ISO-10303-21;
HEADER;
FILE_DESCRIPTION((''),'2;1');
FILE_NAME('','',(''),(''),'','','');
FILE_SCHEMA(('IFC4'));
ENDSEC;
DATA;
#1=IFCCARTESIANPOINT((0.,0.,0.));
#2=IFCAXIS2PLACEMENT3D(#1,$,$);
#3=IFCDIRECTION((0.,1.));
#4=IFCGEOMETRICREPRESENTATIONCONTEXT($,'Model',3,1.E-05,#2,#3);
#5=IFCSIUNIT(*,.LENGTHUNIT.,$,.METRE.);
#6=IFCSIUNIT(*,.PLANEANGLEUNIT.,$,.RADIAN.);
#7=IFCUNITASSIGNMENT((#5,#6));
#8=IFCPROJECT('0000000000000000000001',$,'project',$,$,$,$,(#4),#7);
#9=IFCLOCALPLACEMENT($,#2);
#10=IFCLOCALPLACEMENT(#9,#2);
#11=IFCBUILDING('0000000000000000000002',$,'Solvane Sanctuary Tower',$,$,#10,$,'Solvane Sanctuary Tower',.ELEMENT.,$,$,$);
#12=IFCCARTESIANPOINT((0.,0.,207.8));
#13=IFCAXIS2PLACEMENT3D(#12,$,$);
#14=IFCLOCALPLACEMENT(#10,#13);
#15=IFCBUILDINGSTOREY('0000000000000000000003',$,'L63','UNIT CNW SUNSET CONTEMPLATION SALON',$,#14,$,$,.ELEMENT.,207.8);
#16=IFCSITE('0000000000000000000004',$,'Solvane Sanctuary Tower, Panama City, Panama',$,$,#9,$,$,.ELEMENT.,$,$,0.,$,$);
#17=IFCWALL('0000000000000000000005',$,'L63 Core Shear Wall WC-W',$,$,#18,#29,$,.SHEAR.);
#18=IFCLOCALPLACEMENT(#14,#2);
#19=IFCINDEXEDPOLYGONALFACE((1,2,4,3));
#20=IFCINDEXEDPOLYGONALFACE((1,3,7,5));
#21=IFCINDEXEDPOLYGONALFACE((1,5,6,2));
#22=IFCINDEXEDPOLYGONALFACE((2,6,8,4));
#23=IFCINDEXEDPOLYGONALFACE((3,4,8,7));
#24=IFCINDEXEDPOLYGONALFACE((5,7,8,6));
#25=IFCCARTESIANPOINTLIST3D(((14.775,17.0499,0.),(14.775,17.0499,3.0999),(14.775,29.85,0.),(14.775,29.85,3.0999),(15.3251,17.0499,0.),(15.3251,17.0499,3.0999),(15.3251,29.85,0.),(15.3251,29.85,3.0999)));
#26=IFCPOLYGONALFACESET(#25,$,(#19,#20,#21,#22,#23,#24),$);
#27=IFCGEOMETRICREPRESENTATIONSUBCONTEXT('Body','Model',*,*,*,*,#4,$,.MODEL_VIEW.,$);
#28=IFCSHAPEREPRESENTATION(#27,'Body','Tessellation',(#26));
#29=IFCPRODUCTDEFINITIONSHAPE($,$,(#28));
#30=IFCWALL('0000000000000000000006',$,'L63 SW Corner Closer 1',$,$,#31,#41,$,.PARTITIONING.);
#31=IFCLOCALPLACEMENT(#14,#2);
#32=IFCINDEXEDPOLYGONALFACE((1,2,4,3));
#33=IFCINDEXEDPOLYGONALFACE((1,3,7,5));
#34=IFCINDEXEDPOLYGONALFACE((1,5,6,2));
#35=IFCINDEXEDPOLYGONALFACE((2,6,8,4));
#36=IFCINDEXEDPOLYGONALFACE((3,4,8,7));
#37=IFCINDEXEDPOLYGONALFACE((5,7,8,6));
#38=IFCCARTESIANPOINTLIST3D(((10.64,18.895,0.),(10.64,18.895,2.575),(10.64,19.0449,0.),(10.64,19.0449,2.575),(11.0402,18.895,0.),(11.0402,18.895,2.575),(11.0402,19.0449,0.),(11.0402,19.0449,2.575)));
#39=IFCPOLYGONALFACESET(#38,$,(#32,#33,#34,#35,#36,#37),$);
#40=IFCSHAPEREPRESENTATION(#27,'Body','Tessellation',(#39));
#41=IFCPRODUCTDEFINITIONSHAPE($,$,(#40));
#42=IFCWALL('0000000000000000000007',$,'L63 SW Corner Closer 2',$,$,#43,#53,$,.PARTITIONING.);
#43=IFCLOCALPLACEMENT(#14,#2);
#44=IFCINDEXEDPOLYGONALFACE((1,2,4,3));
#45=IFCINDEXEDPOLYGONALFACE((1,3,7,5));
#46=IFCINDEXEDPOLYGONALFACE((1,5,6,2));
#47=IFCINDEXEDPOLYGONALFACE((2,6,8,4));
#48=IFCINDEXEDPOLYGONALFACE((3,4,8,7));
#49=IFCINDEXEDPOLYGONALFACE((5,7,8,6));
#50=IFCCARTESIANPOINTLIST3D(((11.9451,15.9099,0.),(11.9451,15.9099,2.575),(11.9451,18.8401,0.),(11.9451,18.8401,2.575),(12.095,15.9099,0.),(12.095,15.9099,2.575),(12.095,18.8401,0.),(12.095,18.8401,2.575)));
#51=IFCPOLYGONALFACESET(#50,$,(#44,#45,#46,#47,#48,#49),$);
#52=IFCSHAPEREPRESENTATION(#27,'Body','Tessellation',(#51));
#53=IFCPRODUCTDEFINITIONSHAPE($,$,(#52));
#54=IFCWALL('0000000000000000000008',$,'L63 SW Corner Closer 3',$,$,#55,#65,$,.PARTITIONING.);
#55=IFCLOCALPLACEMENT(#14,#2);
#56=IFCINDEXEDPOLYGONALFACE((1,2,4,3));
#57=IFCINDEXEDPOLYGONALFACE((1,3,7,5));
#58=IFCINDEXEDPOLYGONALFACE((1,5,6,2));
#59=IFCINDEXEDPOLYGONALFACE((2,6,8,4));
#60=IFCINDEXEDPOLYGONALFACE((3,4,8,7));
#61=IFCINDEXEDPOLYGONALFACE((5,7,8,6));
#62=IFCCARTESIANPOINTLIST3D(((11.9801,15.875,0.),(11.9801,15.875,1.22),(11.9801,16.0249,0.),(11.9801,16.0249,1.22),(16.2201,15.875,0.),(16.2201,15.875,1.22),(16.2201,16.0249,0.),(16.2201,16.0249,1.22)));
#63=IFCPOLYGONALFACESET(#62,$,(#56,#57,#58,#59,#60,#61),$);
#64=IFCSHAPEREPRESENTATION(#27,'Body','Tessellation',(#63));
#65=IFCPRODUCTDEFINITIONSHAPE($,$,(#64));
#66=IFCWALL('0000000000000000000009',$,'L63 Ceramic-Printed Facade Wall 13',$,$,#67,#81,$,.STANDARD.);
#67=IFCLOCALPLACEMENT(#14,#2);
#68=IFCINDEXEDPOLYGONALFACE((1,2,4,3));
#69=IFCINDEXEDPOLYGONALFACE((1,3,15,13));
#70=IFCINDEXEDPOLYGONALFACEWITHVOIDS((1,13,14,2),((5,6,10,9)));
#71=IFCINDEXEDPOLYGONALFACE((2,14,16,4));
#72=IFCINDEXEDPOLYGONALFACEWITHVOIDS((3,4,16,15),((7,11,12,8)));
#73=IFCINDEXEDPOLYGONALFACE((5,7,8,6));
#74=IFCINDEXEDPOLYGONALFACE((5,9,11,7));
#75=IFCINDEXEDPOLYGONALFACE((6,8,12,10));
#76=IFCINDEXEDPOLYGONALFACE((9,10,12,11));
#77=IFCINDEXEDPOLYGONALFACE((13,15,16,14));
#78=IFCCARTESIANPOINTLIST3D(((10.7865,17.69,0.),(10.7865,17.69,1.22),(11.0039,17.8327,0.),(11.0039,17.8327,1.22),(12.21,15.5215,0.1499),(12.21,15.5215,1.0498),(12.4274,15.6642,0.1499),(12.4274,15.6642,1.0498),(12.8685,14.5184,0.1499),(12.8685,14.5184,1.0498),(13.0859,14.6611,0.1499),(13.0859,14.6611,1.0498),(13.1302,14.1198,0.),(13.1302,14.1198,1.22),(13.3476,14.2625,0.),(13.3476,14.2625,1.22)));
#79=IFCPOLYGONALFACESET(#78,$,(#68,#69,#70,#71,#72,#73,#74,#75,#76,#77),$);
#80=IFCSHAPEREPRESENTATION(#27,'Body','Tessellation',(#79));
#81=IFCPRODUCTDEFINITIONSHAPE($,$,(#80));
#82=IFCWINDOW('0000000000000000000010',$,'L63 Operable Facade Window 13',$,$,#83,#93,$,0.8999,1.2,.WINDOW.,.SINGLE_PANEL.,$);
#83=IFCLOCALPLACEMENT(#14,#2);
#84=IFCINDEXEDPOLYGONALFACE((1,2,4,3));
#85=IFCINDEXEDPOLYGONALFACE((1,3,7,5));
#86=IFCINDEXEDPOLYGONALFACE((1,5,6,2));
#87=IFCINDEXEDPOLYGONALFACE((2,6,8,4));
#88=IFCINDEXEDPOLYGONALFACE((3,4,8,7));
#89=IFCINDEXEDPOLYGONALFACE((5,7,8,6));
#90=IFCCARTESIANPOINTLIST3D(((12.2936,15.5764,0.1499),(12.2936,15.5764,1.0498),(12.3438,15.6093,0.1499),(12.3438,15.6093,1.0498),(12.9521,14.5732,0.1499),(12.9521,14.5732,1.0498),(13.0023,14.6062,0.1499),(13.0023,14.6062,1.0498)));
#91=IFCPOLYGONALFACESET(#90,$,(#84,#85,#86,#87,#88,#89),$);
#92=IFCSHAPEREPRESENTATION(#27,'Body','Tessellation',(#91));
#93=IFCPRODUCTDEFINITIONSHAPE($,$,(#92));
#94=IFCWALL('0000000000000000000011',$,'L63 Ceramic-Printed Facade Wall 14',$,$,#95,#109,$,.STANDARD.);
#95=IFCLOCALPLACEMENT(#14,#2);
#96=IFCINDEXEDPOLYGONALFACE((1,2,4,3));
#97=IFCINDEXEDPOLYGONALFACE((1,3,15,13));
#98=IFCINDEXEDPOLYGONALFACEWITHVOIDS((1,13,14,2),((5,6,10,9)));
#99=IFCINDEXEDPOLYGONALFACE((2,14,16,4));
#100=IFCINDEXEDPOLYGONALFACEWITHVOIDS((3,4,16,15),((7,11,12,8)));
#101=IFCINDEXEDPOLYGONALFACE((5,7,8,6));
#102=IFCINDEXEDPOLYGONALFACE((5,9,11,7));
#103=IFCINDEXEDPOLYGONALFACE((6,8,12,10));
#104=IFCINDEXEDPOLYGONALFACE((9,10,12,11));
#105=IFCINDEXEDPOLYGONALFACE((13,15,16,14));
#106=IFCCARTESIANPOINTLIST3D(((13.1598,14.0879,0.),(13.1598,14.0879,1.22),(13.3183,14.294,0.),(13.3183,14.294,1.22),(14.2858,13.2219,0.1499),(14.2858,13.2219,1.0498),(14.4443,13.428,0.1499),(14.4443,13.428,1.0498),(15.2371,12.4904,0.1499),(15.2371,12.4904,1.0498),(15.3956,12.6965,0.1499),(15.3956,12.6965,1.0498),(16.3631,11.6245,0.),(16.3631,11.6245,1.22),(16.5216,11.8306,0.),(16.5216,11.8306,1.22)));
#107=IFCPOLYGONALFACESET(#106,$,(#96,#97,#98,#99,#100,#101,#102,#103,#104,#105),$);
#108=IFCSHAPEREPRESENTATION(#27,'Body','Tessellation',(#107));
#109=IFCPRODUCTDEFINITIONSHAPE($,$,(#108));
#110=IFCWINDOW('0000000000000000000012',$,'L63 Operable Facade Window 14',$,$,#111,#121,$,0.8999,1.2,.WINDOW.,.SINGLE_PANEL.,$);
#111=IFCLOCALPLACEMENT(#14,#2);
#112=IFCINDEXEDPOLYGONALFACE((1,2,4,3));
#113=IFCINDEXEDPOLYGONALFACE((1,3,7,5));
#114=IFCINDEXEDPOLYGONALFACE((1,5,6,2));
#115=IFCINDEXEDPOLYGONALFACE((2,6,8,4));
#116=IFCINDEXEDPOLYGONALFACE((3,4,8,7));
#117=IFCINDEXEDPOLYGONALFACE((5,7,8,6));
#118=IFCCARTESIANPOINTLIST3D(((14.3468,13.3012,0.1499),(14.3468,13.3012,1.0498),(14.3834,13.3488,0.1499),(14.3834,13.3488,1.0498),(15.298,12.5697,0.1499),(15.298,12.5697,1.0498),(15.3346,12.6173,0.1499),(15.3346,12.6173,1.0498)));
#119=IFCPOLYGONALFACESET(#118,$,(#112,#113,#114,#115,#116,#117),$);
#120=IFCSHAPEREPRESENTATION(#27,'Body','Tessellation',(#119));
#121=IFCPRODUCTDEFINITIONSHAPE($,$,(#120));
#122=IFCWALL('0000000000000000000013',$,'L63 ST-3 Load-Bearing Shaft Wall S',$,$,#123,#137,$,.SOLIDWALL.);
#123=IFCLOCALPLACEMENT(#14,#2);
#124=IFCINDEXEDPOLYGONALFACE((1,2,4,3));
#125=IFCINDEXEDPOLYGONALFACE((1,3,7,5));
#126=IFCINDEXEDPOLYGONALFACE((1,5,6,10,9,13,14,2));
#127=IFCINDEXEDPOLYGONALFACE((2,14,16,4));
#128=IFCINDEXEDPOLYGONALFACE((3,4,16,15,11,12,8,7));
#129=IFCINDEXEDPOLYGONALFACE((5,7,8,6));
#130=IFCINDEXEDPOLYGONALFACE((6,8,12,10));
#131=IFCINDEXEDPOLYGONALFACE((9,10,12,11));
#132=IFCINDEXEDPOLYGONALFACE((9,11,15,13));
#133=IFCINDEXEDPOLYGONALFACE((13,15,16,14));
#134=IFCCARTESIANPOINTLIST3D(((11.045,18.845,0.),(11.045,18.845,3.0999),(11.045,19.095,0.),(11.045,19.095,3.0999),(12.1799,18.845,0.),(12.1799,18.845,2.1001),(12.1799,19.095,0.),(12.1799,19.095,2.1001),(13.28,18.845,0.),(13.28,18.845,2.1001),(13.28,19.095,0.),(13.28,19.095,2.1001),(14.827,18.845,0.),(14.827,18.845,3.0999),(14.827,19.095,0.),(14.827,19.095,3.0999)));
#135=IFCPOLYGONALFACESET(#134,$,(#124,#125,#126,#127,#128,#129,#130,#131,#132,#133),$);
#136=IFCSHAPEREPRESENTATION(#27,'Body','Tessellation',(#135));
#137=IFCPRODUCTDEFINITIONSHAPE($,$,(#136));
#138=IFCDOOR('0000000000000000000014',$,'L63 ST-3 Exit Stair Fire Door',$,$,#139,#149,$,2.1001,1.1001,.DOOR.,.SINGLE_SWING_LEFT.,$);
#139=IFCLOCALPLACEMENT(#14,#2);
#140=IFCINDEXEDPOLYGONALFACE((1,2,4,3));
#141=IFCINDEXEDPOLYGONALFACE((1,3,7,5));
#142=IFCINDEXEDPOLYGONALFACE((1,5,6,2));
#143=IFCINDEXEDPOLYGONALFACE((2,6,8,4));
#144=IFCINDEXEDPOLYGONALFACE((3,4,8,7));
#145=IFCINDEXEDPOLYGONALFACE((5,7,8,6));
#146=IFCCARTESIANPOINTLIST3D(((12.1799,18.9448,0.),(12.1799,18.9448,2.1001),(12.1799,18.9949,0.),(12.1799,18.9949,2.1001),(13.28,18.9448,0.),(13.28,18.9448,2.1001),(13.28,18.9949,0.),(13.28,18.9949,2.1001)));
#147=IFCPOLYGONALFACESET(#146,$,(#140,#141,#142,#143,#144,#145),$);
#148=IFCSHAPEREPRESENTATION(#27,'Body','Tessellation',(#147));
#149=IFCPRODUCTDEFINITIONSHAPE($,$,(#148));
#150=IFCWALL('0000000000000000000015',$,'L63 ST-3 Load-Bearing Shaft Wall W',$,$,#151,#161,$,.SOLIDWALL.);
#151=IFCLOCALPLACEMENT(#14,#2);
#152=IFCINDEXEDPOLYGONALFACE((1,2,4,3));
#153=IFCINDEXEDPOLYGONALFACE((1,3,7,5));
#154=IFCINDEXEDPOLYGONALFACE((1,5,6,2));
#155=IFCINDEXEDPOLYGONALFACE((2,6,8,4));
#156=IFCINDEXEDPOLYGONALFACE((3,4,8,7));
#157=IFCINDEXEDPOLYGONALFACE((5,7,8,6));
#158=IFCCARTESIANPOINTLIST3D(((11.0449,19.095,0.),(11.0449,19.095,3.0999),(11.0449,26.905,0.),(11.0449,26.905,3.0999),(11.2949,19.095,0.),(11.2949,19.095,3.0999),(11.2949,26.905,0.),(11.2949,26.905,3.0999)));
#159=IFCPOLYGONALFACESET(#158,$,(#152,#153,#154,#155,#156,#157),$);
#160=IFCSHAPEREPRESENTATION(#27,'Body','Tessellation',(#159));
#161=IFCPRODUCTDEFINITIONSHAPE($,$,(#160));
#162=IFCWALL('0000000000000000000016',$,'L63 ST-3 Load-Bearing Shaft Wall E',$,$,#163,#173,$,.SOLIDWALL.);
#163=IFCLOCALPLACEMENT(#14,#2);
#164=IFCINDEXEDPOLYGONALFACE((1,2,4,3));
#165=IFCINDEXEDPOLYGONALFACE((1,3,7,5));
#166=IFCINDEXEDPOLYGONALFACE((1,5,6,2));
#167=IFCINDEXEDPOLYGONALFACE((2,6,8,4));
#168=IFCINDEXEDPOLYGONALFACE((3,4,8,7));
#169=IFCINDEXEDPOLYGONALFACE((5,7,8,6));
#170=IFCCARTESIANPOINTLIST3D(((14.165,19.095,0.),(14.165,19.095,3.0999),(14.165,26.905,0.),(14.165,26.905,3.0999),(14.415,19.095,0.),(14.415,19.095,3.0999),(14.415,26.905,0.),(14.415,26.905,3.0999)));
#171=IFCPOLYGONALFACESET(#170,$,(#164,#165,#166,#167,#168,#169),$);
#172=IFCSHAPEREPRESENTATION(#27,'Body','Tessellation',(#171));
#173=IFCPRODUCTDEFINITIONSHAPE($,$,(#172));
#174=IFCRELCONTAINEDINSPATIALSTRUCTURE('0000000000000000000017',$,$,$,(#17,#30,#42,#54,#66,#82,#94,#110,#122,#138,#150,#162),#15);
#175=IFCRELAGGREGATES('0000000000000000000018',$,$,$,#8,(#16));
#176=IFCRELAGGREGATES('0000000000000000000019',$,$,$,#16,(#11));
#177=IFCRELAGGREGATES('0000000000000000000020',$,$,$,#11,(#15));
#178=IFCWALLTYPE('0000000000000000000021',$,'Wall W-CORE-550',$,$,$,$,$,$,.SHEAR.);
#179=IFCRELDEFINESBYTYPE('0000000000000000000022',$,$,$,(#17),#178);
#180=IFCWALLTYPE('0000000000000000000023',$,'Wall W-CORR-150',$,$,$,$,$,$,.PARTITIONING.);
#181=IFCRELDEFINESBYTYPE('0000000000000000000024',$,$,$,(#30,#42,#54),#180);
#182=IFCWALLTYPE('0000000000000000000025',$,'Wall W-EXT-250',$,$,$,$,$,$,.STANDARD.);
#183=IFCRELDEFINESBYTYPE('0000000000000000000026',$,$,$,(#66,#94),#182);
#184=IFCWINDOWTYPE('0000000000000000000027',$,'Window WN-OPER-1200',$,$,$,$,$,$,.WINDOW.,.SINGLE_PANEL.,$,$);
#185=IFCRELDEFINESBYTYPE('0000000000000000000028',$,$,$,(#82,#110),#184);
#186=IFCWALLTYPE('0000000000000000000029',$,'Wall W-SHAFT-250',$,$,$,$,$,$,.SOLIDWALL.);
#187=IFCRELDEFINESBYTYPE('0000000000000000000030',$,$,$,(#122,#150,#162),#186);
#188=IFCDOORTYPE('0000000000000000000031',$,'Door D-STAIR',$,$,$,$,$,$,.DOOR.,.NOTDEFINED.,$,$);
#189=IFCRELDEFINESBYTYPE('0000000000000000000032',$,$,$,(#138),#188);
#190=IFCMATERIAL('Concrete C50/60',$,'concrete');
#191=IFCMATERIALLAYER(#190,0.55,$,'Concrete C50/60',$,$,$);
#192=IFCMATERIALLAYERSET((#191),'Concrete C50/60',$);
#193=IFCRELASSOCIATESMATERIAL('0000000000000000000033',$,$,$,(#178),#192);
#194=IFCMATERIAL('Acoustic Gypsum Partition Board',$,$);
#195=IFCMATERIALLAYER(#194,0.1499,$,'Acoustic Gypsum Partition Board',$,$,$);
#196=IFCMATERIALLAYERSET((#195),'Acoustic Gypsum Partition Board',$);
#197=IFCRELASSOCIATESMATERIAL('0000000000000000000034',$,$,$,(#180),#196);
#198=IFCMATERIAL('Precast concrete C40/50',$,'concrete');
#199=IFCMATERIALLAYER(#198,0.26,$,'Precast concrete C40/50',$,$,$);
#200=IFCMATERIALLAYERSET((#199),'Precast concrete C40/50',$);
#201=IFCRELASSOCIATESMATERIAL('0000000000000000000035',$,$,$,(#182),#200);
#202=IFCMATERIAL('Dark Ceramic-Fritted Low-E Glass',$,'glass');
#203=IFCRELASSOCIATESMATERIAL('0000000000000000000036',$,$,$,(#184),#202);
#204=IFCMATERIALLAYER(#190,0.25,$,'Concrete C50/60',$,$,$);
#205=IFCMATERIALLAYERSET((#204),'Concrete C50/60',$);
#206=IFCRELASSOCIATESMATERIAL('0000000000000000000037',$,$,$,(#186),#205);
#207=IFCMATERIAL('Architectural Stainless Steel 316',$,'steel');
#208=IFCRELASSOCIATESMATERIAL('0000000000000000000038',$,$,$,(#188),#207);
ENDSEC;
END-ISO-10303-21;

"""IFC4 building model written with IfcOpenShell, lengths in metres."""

from ifc_helpers import new_model, si_unit, direction, frame, frame_2d, origin, place, context, subcontext, project, spatial, rectangle, extrude, material, layer, layer_set, type_object, element, fill, save


model = new_model("IFC4")

# Units and contexts
model_context = context("Model", 3, precision=1e-05, world=origin(), true_north=direction((0.0, 1.0)))
body_context = subcontext(model_context, "Body", "Model", "MODEL_VIEW")
ifc_project = project(units=[si_unit("LENGTHUNIT", "METRE"), si_unit("PLANEANGLEUNIT", "RADIAN")], contexts=[model_context])

# Site, building, storey
site_placement = place(None, origin())
site = spatial("IfcSite", under=ifc_project, at=site_placement, Name="Solvane Sanctuary Tower, Panama City, Panama", CompositionType="ELEMENT", RefElevation=0.0)
building_placement = place(site_placement, origin())
building = spatial("IfcBuilding", under=site, at=building_placement, Name="Solvane Sanctuary Tower", LongName="Solvane Sanctuary Tower", CompositionType="ELEMENT")
storey_placement = place(building_placement, frame((0.0, 0.0, 207.8)))
storey = spatial("IfcBuildingStorey", under=building, at=storey_placement, Name="L63", Description="UNIT CNW SUNSET CONTEMPLATION SALON", CompositionType="ELEMENT", Elevation=207.8)

# Walls
ifc_material_1 = material(Name="Concrete C50/60", Category="concrete")
ifc_layer_1 = layer(ifc_material_1, 0.55, Name="Concrete C50/60")
ifc_layer_set_1 = layer_set([ifc_layer_1], Name="Concrete C50/60")
wall_type_1 = type_object("IfcWallType", Name="Wall W-CORE-550", PredefinedType="SHEAR", material=ifc_layer_set_1)
wall_1_placement = place(storey_placement, frame((15.05, 17.05, 0.0), z_axis=(0.0, 0.0, 1.0), x_axis=(0.0, 1.0, 0.0)))
element("IfcWall", 1, at=wall_1_placement, inside=storey, type_object=wall_type_1, Name="L63 Core Shear Wall WC-W", PredefinedType="SHEAR", context=body_context, shape_type="SweptSolid", body=[
    extrude(rectangle(XDim=12.8, YDim=0.55, at=frame_2d((6.3999, 0.0))), origin(), (0.0, 0.0, 1.0), 3.0999),
])
ifc_material_2 = material(Name="Acoustic Gypsum Partition Board")
ifc_layer_2 = layer(ifc_material_2, 0.1499, Name="Acoustic Gypsum Partition Board")
ifc_layer_set_2 = layer_set([ifc_layer_2], Name="Acoustic Gypsum Partition Board")
wall_type_2 = type_object("IfcWallType", Name="Wall W-CORR-150", PredefinedType="PARTITIONING", material=ifc_layer_set_2)
wall_2_placement = place(storey_placement, frame((10.6399, 18.97, 0.0), z_axis=(0.0, 0.0, 1.0), x_axis=(1.0, 0.0, 0.0)))
element("IfcWall", 2, at=wall_2_placement, inside=storey, type_object=wall_type_2, Name="L63 SW Corner Closer 1", PredefinedType="PARTITIONING", context=body_context, shape_type="SweptSolid", body=[
    extrude(rectangle(XDim=0.4001, YDim=0.1499, at=frame_2d((0.2002, 0.0))), origin(), (0.0, 0.0, 1.0), 2.575),
])
wall_3_placement = place(storey_placement, frame((12.02, 15.9099, 0.0), z_axis=(0.0, 0.0, 1.0), x_axis=(0.0, 1.0, 0.0)))
element("IfcWall", 3, at=wall_3_placement, inside=storey, type_object=wall_type_2, Name="L63 SW Corner Closer 2", PredefinedType="PARTITIONING", context=body_context, shape_type="SweptSolid", body=[
    extrude(rectangle(XDim=2.9302, YDim=0.1499, at=frame_2d((1.4651, 0.0))), origin(), (0.0, 0.0, 1.0), 2.575),
])
wall_4_placement = place(storey_placement, frame((11.98, 15.95, 0.0), z_axis=(0.0, 0.0, 1.0), x_axis=(1.0, 0.0, 0.0)))
element("IfcWall", 4, at=wall_4_placement, inside=storey, type_object=wall_type_2, Name="L63 SW Corner Closer 3", PredefinedType="PARTITIONING", context=body_context, shape_type="SweptSolid", body=[
    extrude(rectangle(XDim=4.24, YDim=0.1499, at=frame_2d((2.1201, 0.0))), origin(), (0.0, 0.0, 1.0), 1.22),
])

# Walls, openings, windows
ifc_material_3 = material(Name="Precast concrete C40/50", Category="concrete")
ifc_layer_3 = layer(ifc_material_3, 0.26, Name="Precast concrete C40/50")
ifc_layer_set_3 = layer_set([ifc_layer_3], Name="Precast concrete C40/50")
wall_type_3 = type_object("IfcWallType", Name="Wall W-EXT-250", PredefinedType="STANDARD", material=ifc_layer_set_3)
wall_5_placement = place(storey_placement, frame((10.8953, 17.7612, 0.0), z_axis=(0.0, 0.0, 1.0), x_axis=(0.548776, -0.835969, 0.0)))
wall_5 = element("IfcWall", 5, at=wall_5_placement, inside=storey, type_object=wall_type_3, Name="L63 Ceramic-Printed Facade Wall 13", PredefinedType="STANDARD", context=body_context, shape_type="SweptSolid", body=[
    extrude(rectangle(XDim=4.2708, YDim=0.26, at=frame_2d((2.1353, 0.0))), origin(), (0.0, 0.0, 1.0), 1.22),
])
opening_1_placement = place(wall_5_placement, frame((2.5938, 0.0, 0.1499)))
opening_1 = element("IfcOpeningElement", 6, at=opening_1_placement, cuts=wall_5, PredefinedType="OPENING", context=body_context, shape_type="SweptSolid", body=[
    extrude(rectangle(XDim=1.2, YDim=0.8999, at=frame_2d((0.6001, 0.45))), frame((0.0, 0.1399, 0.0), z_axis=(0.0, -1.0, 0.0), x_axis=(1.0, 0.0, 0.0)), (0.0, 0.0, 1.0), 0.28),
])
ifc_material_4 = material(Name="Dark Ceramic-Fritted Low-E Glass", Category="glass")
window_type = type_object("IfcWindowType", Name="Window WN-OPER-1200", PartitioningType="SINGLE_PANEL", PredefinedType="WINDOW", material=ifc_material_4)
window_1_placement = place(opening_1_placement, origin())
window_1 = element("IfcWindow", 7, at=window_1_placement, inside=storey, type_object=window_type, Name="L63 Operable Facade Window 13", OverallHeight=0.8999, OverallWidth=1.2, PartitioningType="SINGLE_PANEL", PredefinedType="WINDOW", context=body_context, shape_type="SweptSolid", body=[
    extrude(rectangle(XDim=1.2, YDim=0.8999, at=frame_2d((0.6001, 0.45))), frame((0.0, 0.03, 0.0), z_axis=(0.0, -1.0, 0.0), x_axis=(1.0, 0.0, 0.0)), (0.0, 0.0, 1.0), 0.0601),
])
fill(opening_1, window_1)
wall_6_placement = place(storey_placement, frame((13.239, 14.1909, 0.0), z_axis=(0.0, 0.0, 1.0), x_axis=(0.792714, -0.609594, 0.0)))
wall_6 = element("IfcWall", 8, at=wall_6_placement, inside=storey, type_object=wall_type_3, Name="L63 Ceramic-Printed Facade Wall 14", PredefinedType="STANDARD", context=body_context, shape_type="SweptSolid", body=[
    extrude(rectangle(XDim=4.041, YDim=0.26, at=frame_2d((2.0205, 0.0))), origin(), (0.0, 0.0, 1.0), 1.22),
])
opening_2_placement = place(wall_6_placement, frame((1.4204, 0.0, 0.1499)))
opening_2 = element("IfcOpeningElement", 9, at=opening_2_placement, cuts=wall_6, PredefinedType="OPENING", context=body_context, shape_type="SweptSolid", body=[
    extrude(rectangle(XDim=1.2, YDim=0.8999, at=frame_2d((0.6001, 0.45))), frame((0.0, 0.1399, 0.0), z_axis=(0.0, -1.0, 0.0), x_axis=(1.0, 0.0, 0.0)), (0.0, 0.0, 1.0), 0.28),
])
window_2_placement = place(opening_2_placement, origin())
window_2 = element("IfcWindow", 10, at=window_2_placement, inside=storey, type_object=window_type, Name="L63 Operable Facade Window 14", OverallHeight=0.8999, OverallWidth=1.2, PartitioningType="SINGLE_PANEL", PredefinedType="WINDOW", context=body_context, shape_type="SweptSolid", body=[
    extrude(rectangle(XDim=1.2, YDim=0.8999, at=frame_2d((0.6001, 0.45))), frame((0.0, 0.03, 0.0), z_axis=(0.0, -1.0, 0.0), x_axis=(1.0, 0.0, 0.0)), (0.0, 0.0, 1.0), 0.0601),
])
fill(opening_2, window_2)

# Wall, opening, door
ifc_layer_4 = layer(ifc_material_1, 0.25, Name="Concrete C50/60")
ifc_layer_set_4 = layer_set([ifc_layer_4], Name="Concrete C50/60")
wall_type_4 = type_object("IfcWallType", Name="Wall W-SHAFT-250", PredefinedType="SOLIDWALL", material=ifc_layer_set_4)
wall_7_placement = place(storey_placement, frame((11.0449, 18.97, 0.0), z_axis=(0.0, 0.0, 1.0), x_axis=(1.0, 0.0, 0.0)))
wall_7 = element("IfcWall", 11, at=wall_7_placement, inside=storey, type_object=wall_type_4, Name="L63 ST-3 Load-Bearing Shaft Wall S", PredefinedType="SOLIDWALL", context=body_context, shape_type="SweptSolid", body=[
    extrude(rectangle(XDim=3.782, YDim=0.25, at=frame_2d((1.8911, 0.0))), origin(), (0.0, 0.0, 1.0), 3.0999),
])
opening_3_placement = place(wall_7_placement, frame((1.135, 0.0, 0.0)))
opening_3 = element("IfcOpeningElement", 12, at=opening_3_placement, cuts=wall_7, PredefinedType="OPENING", context=body_context, shape_type="SweptSolid", body=[
    extrude(rectangle(XDim=1.1001, YDim=2.1001, at=frame_2d((0.55, 1.05))), frame((0.0, 0.135, 0.0), z_axis=(0.0, -1.0, 0.0), x_axis=(1.0, 0.0, 0.0)), (0.0, 0.0, 1.0), 0.27),
])
ifc_material_5 = material(Name="Architectural Stainless Steel 316", Category="steel")
door_type = type_object("IfcDoorType", Name="Door D-STAIR", OperationType="NOTDEFINED", PredefinedType="DOOR", material=ifc_material_5)
door_placement = place(opening_3_placement, origin())
door = element("IfcDoor", 13, at=door_placement, inside=storey, type_object=door_type, Name="L63 ST-3 Exit Stair Fire Door", OperationType="SINGLE_SWING_LEFT", OverallHeight=2.1001, OverallWidth=1.1001, PredefinedType="DOOR", context=body_context, shape_type="SweptSolid", body=[
    extrude(rectangle(XDim=1.1001, YDim=2.1001, at=frame_2d((0.55, 1.05))), frame((0.0, 0.0249, 0.0), z_axis=(0.0, -1.0, 0.0), x_axis=(1.0, 0.0, 0.0)), (0.0, 0.0, 1.0), 0.05),
])
fill(opening_3, door)

# Walls
for number, where, z_axis, x_axis, name in (
    (14, (11.1699, 19.095, 0.0), (0.0, 0.0, 1.0), (0.0, 1.0, 0.0), "L63 ST-3 Load-Bearing Shaft Wall W"),
    (15, (14.29, 19.095, 0.0), (0.0, 0.0, 1.0), (0.0, 1.0, 0.0), "L63 ST-3 Load-Bearing Shaft Wall E"),
):
    element("IfcWall", number, at=place(storey_placement, frame(where, z_axis=z_axis, x_axis=x_axis)), inside=storey, type_object=wall_type_4, Name=name, PredefinedType="SOLIDWALL", context=body_context, shape_type="SweptSolid", body=[
        extrude(rectangle(XDim=7.8101, YDim=0.25, at=frame_2d((3.905, 0.0))), origin(), (0.0, 0.0, 1.0), 3.0999),
    ])

save(model, "model.ifc")
